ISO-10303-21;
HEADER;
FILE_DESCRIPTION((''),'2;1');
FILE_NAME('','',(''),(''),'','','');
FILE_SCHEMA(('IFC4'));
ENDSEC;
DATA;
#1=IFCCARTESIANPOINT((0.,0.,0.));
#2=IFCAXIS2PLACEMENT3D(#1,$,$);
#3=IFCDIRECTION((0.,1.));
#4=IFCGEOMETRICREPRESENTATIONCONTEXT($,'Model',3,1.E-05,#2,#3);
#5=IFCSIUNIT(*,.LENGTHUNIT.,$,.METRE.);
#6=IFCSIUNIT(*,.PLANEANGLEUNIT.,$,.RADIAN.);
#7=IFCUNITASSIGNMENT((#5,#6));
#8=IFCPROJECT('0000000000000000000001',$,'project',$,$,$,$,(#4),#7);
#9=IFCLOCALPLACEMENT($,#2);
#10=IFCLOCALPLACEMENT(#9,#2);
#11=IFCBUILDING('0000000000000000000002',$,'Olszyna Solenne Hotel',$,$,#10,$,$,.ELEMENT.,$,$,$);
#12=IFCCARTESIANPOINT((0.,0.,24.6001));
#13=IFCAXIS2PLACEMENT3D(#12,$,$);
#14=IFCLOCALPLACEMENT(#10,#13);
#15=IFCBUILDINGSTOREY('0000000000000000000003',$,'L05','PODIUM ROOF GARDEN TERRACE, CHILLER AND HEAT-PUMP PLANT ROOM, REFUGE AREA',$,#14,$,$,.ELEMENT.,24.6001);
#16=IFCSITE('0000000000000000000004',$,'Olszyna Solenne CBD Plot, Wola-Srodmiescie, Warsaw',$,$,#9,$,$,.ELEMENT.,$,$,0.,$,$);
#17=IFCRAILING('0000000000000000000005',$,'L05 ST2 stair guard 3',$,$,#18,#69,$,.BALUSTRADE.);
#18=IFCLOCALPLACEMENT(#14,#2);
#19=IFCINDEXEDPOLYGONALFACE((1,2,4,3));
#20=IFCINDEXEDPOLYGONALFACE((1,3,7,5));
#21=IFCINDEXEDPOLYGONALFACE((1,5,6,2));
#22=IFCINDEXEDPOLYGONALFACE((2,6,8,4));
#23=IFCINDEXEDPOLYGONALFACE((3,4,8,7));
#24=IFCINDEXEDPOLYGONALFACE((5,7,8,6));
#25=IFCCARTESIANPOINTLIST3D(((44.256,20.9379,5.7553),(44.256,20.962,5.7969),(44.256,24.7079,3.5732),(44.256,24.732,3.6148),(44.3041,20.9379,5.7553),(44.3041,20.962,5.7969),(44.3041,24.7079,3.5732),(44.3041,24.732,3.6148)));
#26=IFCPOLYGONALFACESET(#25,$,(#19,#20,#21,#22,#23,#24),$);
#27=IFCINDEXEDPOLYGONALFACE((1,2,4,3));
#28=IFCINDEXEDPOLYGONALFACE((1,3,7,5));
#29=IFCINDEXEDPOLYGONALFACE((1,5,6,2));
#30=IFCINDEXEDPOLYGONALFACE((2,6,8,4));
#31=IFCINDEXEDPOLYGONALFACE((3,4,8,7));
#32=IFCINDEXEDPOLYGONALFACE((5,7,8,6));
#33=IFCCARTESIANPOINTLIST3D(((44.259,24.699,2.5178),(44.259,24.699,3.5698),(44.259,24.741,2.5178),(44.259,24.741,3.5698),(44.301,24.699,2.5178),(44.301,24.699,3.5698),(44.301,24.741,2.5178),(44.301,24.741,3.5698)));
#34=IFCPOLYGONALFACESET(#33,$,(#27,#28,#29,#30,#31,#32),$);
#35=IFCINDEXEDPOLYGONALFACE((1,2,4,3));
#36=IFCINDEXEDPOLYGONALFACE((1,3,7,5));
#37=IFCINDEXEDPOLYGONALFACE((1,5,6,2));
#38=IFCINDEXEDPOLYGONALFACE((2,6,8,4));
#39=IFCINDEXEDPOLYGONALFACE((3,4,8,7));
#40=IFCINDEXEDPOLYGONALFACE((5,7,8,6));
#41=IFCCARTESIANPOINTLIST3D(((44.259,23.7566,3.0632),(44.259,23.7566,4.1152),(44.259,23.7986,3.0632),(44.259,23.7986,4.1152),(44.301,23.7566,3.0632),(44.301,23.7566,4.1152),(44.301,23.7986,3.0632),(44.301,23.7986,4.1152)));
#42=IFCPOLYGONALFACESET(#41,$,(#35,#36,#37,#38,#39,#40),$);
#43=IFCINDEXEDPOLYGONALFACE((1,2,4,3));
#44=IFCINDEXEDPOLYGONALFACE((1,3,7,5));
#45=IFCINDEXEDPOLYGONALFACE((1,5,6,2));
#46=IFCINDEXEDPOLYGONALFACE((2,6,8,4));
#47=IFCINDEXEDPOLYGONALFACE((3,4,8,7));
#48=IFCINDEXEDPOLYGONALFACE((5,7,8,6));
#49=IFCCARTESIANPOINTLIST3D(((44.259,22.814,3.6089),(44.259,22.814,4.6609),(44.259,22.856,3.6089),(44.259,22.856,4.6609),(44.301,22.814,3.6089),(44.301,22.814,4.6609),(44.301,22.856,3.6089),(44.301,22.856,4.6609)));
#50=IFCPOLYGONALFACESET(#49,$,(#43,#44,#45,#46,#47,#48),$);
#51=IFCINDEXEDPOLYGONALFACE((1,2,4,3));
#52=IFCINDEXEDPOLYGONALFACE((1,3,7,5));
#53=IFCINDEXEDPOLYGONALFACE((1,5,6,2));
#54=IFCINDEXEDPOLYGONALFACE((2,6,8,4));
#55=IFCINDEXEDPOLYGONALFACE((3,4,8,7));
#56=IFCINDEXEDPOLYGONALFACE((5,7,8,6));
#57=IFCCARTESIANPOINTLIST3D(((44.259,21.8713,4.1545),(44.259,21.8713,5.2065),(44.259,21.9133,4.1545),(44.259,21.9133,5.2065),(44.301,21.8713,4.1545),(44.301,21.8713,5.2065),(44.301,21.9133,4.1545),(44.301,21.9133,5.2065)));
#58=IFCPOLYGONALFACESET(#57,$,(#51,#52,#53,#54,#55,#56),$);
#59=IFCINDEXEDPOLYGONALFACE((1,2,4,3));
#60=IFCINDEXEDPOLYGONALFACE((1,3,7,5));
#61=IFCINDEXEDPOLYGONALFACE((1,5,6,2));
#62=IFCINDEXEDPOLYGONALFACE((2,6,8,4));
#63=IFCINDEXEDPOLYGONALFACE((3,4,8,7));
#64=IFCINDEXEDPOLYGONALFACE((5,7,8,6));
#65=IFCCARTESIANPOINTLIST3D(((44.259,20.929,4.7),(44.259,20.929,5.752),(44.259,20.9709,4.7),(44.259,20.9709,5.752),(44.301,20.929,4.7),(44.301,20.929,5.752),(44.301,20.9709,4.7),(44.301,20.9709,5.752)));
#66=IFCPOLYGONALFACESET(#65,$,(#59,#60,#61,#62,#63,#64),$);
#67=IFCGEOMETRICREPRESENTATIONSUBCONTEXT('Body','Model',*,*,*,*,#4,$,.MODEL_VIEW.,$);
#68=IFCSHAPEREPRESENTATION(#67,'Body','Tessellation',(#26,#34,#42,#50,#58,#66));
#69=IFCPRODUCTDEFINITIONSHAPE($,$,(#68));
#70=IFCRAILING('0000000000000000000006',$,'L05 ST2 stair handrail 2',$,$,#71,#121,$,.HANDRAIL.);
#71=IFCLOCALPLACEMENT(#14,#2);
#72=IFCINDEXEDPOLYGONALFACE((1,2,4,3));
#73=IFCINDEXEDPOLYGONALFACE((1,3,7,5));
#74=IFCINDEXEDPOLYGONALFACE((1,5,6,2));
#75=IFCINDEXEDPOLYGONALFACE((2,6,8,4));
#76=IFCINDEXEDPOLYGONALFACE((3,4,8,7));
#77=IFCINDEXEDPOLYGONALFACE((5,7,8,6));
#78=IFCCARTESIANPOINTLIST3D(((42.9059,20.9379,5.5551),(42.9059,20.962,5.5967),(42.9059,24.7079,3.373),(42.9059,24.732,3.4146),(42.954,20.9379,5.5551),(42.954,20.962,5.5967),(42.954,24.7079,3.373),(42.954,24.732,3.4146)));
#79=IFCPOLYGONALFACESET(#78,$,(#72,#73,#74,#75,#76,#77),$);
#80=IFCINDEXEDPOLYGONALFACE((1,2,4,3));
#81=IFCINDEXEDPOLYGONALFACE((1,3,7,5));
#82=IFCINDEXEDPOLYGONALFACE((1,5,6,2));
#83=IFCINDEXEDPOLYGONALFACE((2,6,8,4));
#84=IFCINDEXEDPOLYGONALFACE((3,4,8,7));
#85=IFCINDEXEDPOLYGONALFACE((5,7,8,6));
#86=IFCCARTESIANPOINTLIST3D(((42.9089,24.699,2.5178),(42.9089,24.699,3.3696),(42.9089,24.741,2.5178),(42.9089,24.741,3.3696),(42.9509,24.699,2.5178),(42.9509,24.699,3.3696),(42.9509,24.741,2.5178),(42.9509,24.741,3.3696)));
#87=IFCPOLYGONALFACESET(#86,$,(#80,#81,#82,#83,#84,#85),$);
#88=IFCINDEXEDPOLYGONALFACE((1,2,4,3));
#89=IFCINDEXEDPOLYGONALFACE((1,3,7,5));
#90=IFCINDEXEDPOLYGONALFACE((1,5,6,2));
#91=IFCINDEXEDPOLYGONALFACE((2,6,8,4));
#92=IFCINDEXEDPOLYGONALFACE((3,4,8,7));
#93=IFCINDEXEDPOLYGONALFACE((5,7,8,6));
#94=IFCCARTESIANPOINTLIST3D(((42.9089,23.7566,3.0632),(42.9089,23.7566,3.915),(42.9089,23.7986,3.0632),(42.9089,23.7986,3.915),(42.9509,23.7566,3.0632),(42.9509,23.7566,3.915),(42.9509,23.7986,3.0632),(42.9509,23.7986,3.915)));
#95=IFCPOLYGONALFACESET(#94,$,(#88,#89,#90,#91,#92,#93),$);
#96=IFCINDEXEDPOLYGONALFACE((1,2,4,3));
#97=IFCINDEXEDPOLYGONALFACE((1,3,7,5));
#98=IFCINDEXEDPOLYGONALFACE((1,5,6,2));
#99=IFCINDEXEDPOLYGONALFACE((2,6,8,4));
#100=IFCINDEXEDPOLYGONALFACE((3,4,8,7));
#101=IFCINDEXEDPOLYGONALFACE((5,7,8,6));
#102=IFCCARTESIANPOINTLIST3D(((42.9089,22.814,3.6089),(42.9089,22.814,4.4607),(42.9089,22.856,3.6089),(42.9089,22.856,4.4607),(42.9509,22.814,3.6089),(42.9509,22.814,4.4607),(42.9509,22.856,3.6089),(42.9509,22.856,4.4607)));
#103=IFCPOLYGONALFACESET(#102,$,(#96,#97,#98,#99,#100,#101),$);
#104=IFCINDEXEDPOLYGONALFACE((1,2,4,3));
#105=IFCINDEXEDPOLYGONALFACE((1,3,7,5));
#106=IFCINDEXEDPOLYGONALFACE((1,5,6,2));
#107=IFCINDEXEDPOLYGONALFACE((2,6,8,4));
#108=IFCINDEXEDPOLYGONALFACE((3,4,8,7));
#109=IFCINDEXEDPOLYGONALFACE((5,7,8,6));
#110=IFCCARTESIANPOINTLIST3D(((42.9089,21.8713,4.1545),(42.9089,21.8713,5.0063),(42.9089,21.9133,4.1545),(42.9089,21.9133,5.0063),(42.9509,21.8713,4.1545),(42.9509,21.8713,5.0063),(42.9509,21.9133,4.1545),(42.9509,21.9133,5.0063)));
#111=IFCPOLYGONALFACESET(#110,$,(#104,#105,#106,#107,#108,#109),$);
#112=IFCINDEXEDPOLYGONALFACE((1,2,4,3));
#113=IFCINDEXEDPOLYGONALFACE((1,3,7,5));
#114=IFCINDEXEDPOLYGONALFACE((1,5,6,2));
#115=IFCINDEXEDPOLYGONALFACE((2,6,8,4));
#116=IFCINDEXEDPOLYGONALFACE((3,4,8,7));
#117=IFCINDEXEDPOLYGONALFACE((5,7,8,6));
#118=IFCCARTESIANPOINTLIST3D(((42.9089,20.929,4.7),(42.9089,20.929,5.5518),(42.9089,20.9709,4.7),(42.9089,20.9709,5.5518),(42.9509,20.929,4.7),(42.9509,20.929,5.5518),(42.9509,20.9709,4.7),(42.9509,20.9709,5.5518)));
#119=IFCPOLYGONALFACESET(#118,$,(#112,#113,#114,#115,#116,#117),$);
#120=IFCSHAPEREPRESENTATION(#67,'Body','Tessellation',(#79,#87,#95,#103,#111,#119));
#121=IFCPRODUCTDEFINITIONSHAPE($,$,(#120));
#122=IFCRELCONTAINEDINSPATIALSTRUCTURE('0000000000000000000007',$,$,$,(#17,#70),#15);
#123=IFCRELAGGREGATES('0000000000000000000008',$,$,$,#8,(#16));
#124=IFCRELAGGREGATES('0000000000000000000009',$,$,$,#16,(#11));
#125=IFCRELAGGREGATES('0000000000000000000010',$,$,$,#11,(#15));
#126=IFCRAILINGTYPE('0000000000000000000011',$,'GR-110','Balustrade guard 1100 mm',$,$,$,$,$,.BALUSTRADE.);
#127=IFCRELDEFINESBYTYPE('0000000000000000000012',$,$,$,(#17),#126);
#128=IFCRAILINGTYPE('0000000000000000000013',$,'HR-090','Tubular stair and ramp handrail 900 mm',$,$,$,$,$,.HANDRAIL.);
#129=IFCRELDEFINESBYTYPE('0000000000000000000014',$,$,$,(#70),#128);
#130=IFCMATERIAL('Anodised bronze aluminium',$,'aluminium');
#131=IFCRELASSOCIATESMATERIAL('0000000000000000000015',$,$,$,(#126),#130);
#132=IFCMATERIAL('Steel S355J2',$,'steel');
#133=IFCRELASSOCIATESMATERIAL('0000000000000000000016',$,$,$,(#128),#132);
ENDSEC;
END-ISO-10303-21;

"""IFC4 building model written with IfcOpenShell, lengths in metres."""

from ifc_helpers import new_model, si_unit, direction, frame, origin, origin_2d, place, context, subcontext, project, spatial, rectangle, extrude, material, type_object, element, save


model = new_model("IFC4")

# Units and contexts
model_context = context("Model", 3, precision=1e-05, world=origin(), true_north=direction((0.0, 1.0)))
body_context = subcontext(model_context, "Body", "Model", "MODEL_VIEW")
ifc_project = project(units=[si_unit("LENGTHUNIT", "METRE"), si_unit("PLANEANGLEUNIT", "RADIAN")], contexts=[model_context])

# Site, building, storey
site_placement = place(None, origin())
site = spatial("IfcSite", under=ifc_project, at=site_placement, Name="Olszyna Solenne CBD Plot, Wola-Srodmiescie, Warsaw", CompositionType="ELEMENT", RefElevation=0.0)
building_placement = place(site_placement, origin())
building = spatial("IfcBuilding", under=site, at=building_placement, Name="Olszyna Solenne Hotel", CompositionType="ELEMENT")
storey_placement = place(building_placement, frame((0.0, 0.0, 24.6001)))
storey = spatial("IfcBuildingStorey", under=building, at=storey_placement, Name="L05", Description="PODIUM ROOF GARDEN TERRACE, CHILLER AND HEAT-PUMP PLANT ROOM, REFUGE AREA", CompositionType="ELEMENT", Elevation=24.6001)

# Shared definitions
ifc_material_1 = material(Name="Steel S355J2", Category="steel")

# Railings
ifc_material_2 = material(Name="Anodised bronze aluminium", Category="aluminium")
railing_type_1 = type_object("IfcRailingType", Name="GR-110", Description="Balustrade guard 1100 mm", PredefinedType="BALUSTRADE", material=ifc_material_2)
railing_1_placement = place(storey_placement, frame((44.28, 24.72, 2.5178)))
element("IfcRailing", 1, at=railing_1_placement, inside=storey, type_object=railing_type_1, Name="L05 ST2 stair guard 3", PredefinedType="BALUSTRADE", context=body_context, shape_type="SweptSolid", body=[
    extrude(rectangle(XDim=0.0481, YDim=0.0481, at=origin_2d()), frame((0.0, 0.0, 1.0762), z_axis=(0.0, -0.865477, 0.500948), x_axis=(1.0, 0.0, 0.0)), (0.0, 0.0, 1.0), 4.356),
    extrude(rectangle(XDim=0.042, YDim=0.042, at=origin_2d()), origin(), (0.0, 0.0, 1.0), 1.052),
    extrude(rectangle(XDim=0.042, YDim=0.042, at=origin_2d()), frame((0.0, -0.9424, 0.5454)), (0.0, 0.0, 1.0), 1.052),
    extrude(rectangle(XDim=0.042, YDim=0.042, at=origin_2d()), frame((0.0, -1.885, 1.0911)), (0.0, 0.0, 1.0), 1.052),
    extrude(rectangle(XDim=0.042, YDim=0.042, at=origin_2d()), frame((0.0, -2.8276, 1.6367)), (0.0, 0.0, 1.0), 1.052),
    extrude(rectangle(XDim=0.042, YDim=0.042, at=origin_2d()), frame((0.0, -3.77, 2.1821)), (0.0, 0.0, 1.0), 1.052),
])
railing_type_2 = type_object("IfcRailingType", Name="HR-090", Description="Tubular stair and ramp handrail 900 mm", PredefinedType="HANDRAIL", material=ifc_material_1)
railing_2_placement = place(storey_placement, frame((42.9299, 24.72, 2.5178)))
element("IfcRailing", 2, at=railing_2_placement, inside=storey, type_object=railing_type_2, Name="L05 ST2 stair handrail 2", PredefinedType="HANDRAIL", context=body_context, shape_type="SweptSolid", body=[
    extrude(rectangle(XDim=0.0481, YDim=0.0481, at=origin_2d()), frame((0.0, 0.0, 0.876), z_axis=(0.0, -0.865477, 0.500948), x_axis=(1.0, 0.0, 0.0)), (0.0, 0.0, 1.0), 4.356),
    extrude(rectangle(XDim=0.042, YDim=0.042, at=origin_2d()), origin(), (0.0, 0.0, 1.0), 0.8518),
    extrude(rectangle(XDim=0.042, YDim=0.042, at=origin_2d()), frame((0.0, -0.9424, 0.5454)), (0.0, 0.0, 1.0), 0.8518),
    extrude(rectangle(XDim=0.042, YDim=0.042, at=origin_2d()), frame((0.0, -1.885, 1.0911)), (0.0, 0.0, 1.0), 0.8518),
    extrude(rectangle(XDim=0.042, YDim=0.042, at=origin_2d()), frame((0.0, -2.8276, 1.6367)), (0.0, 0.0, 1.0), 0.8518),
    extrude(rectangle(XDim=0.042, YDim=0.042, at=origin_2d()), frame((0.0, -3.77, 2.1821)), (0.0, 0.0, 1.0), 0.8518),
])

save(model, "model.ifc")
